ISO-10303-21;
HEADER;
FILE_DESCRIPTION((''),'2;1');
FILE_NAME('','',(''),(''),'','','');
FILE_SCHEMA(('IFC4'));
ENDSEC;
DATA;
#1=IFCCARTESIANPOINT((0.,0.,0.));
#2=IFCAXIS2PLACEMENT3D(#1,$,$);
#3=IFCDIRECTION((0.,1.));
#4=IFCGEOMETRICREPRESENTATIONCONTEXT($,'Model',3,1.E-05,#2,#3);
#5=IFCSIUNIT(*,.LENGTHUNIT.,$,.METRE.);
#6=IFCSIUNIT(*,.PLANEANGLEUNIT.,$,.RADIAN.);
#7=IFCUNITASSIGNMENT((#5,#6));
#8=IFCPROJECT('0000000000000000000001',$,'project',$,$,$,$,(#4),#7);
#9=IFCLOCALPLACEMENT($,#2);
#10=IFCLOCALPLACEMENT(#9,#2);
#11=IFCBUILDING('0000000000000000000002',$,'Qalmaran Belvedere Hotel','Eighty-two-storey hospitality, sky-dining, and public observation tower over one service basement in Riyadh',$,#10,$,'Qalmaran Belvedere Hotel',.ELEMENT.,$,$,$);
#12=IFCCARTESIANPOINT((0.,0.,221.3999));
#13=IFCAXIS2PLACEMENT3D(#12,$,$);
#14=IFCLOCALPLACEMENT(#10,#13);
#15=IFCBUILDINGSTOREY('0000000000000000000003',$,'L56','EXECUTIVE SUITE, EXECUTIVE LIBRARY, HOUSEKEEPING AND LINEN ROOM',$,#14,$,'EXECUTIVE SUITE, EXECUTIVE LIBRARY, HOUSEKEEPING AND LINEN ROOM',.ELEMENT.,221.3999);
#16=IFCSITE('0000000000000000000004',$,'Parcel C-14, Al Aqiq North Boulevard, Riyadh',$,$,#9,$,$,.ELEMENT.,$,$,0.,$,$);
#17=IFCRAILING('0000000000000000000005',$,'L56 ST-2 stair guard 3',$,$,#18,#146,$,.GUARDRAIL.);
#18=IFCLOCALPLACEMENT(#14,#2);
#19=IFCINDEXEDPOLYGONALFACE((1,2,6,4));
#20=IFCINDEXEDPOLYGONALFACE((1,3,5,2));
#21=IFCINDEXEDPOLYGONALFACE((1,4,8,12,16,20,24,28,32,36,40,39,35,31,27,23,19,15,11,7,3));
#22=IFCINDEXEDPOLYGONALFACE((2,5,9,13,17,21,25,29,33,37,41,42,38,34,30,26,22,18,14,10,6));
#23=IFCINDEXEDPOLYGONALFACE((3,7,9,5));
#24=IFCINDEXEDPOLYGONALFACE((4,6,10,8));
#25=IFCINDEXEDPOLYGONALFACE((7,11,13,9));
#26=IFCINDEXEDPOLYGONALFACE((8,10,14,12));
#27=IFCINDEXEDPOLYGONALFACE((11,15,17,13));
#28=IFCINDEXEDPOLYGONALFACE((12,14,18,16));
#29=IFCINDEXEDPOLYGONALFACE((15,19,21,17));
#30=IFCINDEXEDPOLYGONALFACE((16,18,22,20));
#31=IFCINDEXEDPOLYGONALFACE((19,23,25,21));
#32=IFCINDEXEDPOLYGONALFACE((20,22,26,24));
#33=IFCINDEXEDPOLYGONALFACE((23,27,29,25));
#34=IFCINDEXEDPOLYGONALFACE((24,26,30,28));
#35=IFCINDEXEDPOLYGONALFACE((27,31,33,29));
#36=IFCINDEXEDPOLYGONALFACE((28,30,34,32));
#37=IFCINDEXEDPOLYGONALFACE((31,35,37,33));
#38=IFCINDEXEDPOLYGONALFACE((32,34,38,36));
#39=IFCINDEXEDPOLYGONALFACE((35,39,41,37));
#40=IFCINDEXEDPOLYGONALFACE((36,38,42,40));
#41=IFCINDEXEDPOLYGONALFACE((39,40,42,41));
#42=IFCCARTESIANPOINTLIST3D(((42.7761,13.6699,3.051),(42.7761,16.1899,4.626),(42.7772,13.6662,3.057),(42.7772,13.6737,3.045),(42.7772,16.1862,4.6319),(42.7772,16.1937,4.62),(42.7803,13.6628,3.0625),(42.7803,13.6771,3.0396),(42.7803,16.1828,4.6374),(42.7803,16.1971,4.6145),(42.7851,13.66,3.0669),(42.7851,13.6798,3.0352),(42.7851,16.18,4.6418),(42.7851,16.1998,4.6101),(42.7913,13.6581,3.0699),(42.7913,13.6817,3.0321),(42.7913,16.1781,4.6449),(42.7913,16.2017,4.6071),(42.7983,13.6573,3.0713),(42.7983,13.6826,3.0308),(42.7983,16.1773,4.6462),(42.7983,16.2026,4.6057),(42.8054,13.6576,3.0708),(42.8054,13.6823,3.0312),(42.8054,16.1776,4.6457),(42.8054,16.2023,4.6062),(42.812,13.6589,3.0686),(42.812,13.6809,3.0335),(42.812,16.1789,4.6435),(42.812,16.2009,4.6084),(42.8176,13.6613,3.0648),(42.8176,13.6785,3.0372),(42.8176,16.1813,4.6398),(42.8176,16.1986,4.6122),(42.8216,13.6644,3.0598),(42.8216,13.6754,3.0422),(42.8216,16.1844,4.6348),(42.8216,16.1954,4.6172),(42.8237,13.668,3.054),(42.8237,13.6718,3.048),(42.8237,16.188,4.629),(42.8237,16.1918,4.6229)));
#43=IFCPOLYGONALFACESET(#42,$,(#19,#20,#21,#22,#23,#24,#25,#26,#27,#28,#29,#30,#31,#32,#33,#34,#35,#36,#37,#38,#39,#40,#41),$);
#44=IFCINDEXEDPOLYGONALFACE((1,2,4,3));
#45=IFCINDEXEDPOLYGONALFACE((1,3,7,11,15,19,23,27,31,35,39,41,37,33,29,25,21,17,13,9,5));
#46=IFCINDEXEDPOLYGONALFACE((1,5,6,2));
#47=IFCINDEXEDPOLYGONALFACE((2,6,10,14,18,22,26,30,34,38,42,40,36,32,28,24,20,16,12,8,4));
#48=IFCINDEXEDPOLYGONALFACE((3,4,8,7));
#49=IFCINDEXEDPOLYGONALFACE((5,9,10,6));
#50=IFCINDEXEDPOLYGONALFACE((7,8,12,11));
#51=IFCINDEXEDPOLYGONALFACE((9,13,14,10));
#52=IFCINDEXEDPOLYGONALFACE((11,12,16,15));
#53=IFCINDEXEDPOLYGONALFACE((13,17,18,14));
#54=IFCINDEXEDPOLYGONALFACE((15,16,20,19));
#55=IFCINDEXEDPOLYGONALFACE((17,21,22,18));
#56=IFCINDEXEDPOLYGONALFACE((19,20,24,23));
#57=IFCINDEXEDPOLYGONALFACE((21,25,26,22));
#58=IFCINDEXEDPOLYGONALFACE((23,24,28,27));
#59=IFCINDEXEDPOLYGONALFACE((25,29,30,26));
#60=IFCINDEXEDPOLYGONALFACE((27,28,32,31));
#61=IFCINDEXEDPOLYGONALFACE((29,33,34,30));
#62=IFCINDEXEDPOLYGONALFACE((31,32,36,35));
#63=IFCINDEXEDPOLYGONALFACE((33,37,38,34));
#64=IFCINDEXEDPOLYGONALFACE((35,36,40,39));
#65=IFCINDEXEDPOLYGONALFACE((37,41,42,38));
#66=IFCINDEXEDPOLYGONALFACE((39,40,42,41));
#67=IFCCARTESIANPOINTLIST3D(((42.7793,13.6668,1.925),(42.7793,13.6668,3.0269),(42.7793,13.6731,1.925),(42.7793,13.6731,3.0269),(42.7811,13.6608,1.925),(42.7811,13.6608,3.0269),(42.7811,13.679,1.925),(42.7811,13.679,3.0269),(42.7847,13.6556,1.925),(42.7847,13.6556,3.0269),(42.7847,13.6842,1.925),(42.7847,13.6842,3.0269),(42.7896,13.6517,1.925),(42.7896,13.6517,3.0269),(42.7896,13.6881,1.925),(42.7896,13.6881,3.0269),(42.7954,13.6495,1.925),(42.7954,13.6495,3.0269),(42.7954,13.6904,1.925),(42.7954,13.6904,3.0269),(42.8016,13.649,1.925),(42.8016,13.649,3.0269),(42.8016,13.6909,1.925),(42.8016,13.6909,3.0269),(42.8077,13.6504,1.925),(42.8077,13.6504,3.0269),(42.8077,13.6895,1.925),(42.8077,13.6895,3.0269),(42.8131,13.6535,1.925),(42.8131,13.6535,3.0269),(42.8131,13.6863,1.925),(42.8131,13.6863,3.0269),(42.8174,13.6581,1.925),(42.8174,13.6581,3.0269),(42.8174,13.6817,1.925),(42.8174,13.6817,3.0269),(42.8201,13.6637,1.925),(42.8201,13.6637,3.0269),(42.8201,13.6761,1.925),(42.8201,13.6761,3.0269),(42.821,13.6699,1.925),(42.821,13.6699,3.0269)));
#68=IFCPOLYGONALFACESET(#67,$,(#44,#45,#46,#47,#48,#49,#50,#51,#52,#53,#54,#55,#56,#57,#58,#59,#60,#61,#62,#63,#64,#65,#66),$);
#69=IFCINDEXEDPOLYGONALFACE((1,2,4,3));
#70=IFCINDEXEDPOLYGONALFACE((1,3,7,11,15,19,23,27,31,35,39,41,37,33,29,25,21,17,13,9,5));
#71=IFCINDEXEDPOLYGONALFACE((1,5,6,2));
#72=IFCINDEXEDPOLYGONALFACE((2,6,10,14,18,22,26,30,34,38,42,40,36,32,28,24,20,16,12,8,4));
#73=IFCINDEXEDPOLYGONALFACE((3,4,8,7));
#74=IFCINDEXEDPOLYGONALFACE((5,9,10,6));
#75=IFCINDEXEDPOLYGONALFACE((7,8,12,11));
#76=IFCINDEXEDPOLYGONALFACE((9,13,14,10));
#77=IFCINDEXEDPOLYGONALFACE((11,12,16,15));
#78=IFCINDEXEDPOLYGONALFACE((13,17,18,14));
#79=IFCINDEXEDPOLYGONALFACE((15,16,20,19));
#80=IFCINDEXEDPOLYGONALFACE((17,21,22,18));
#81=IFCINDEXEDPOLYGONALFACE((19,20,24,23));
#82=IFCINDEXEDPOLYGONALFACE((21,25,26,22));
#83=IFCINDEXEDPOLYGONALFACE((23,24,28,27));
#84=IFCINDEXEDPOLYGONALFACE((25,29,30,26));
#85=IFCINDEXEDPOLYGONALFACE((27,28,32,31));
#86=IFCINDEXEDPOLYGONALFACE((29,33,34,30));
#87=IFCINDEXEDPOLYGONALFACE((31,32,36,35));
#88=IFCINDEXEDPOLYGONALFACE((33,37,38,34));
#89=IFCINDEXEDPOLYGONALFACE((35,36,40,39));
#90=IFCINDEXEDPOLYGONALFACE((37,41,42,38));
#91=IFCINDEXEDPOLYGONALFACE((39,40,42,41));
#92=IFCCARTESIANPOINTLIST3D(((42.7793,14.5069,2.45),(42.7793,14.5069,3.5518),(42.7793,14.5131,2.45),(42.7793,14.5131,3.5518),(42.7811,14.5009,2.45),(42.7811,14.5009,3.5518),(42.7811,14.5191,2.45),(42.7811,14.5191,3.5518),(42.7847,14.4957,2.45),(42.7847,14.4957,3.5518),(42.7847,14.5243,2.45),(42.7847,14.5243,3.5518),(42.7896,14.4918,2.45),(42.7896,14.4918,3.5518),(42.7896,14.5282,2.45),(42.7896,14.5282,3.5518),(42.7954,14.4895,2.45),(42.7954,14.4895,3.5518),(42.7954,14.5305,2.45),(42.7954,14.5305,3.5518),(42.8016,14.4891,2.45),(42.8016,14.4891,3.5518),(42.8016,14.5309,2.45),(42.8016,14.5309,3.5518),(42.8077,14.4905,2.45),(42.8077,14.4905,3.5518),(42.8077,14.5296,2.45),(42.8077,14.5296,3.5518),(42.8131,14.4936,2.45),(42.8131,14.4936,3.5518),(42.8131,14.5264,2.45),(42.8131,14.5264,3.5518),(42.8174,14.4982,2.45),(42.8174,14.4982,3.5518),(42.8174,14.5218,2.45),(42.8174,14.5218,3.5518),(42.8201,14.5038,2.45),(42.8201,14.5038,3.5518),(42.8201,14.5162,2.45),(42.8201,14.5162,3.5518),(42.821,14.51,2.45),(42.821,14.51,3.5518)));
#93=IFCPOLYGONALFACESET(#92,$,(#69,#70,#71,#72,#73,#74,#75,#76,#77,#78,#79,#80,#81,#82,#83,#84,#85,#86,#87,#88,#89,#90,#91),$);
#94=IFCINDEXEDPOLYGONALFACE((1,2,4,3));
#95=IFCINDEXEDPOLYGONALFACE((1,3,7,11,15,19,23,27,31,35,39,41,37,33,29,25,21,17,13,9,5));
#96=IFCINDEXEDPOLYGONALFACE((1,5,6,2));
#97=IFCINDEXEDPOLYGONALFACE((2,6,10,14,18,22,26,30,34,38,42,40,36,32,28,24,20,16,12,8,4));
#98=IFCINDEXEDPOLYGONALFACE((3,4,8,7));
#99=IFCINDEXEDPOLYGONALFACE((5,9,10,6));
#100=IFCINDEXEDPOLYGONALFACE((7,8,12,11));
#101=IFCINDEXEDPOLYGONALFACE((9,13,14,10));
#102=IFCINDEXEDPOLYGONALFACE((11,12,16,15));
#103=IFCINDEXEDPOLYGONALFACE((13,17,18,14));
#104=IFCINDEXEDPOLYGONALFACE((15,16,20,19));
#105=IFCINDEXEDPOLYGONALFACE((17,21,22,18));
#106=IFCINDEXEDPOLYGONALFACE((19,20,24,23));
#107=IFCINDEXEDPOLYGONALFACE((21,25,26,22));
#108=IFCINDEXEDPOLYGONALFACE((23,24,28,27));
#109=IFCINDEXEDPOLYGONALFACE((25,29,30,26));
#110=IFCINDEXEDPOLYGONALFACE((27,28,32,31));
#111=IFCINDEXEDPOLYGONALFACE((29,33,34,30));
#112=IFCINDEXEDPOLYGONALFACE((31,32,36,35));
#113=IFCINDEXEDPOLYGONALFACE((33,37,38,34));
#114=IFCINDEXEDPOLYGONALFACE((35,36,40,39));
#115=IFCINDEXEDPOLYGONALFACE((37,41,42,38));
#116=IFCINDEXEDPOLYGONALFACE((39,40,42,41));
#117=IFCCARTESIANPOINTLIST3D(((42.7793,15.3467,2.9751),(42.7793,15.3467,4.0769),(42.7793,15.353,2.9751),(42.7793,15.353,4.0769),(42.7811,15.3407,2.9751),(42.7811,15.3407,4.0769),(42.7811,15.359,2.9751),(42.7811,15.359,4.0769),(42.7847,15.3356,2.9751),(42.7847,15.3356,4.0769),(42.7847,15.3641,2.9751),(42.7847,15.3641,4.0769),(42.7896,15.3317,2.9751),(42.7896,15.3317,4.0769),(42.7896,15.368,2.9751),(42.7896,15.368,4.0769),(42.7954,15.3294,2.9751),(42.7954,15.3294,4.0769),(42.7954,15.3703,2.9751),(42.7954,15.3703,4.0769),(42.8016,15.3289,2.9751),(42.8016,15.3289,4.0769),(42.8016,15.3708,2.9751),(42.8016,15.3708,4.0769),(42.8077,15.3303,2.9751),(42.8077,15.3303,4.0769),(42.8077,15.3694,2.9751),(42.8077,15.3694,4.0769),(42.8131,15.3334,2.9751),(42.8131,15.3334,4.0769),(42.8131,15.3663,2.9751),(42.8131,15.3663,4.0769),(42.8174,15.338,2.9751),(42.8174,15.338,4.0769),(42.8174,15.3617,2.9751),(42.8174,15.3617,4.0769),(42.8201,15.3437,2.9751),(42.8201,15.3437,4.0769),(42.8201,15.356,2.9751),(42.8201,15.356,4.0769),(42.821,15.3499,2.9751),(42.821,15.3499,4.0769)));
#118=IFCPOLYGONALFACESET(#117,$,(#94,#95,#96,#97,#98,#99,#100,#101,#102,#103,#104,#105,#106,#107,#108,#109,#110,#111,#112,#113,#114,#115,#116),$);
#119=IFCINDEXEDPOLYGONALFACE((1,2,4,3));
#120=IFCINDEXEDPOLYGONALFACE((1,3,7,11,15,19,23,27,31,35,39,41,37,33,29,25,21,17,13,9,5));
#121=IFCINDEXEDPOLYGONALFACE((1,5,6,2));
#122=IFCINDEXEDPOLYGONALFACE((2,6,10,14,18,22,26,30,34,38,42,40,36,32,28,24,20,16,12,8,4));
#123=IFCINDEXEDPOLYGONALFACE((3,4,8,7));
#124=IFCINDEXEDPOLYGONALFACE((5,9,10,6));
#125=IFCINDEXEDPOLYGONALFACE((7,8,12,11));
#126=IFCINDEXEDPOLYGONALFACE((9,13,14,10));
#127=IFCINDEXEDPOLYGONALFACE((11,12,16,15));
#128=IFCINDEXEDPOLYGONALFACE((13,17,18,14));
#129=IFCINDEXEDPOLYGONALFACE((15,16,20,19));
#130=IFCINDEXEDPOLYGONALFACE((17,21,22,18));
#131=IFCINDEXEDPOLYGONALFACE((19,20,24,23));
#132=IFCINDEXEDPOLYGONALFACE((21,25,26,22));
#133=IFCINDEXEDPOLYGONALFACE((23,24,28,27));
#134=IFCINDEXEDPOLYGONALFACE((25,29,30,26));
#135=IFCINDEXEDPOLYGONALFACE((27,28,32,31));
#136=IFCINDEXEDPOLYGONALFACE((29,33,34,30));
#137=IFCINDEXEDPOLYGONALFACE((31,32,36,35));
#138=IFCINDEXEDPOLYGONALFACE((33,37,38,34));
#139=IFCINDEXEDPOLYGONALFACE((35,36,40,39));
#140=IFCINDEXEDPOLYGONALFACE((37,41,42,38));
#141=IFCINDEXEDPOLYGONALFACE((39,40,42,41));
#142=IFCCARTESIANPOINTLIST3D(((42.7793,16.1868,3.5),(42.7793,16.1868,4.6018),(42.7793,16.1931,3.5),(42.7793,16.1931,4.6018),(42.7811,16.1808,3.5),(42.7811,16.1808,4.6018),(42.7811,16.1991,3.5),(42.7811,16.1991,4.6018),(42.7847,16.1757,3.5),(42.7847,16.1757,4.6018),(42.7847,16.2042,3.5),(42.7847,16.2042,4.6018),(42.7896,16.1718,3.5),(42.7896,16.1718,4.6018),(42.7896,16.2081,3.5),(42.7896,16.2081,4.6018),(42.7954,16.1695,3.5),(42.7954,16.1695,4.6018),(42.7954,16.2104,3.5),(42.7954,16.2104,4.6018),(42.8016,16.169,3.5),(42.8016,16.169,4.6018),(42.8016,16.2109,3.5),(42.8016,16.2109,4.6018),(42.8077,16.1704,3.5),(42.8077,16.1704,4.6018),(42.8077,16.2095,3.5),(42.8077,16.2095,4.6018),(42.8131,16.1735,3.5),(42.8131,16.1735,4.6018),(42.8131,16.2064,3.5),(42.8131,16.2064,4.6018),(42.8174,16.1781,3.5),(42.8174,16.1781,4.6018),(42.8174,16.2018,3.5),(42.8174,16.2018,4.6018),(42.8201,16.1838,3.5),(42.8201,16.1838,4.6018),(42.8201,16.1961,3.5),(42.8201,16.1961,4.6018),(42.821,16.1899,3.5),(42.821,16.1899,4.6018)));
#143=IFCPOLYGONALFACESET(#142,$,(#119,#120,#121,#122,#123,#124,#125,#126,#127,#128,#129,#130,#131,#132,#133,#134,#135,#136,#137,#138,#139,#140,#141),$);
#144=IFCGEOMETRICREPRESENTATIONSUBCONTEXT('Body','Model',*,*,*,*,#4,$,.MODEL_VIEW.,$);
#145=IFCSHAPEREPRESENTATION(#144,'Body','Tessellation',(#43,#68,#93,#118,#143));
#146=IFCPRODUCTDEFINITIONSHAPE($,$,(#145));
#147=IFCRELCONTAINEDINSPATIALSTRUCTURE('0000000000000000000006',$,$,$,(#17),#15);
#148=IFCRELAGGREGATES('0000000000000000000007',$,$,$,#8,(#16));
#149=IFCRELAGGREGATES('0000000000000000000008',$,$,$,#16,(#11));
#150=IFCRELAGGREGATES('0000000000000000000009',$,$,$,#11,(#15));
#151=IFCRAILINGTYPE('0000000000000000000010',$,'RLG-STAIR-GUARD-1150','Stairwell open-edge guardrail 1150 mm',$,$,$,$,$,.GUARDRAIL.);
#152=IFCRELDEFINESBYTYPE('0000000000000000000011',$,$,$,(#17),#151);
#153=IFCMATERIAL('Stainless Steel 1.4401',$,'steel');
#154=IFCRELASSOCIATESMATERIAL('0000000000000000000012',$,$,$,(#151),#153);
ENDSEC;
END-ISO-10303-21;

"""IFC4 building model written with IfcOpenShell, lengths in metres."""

from ifc_helpers import new_model, si_unit, direction, frame, origin, origin_2d, place, context, subcontext, project, spatial, circle, extrude, material, type_object, element, save


model = new_model("IFC4")

# Units and contexts
model_context = context("Model", 3, precision=1e-05, world=origin(), true_north=direction((0.0, 1.0)))
body_context = subcontext(model_context, "Body", "Model", "MODEL_VIEW")
ifc_project = project(units=[si_unit("LENGTHUNIT", "METRE"), si_unit("PLANEANGLEUNIT", "RADIAN")], contexts=[model_context])

# Site, building, storey
site_placement = place(None, origin())
site = spatial("IfcSite", under=ifc_project, at=site_placement, Name="Parcel C-14, Al Aqiq North Boulevard, Riyadh", CompositionType="ELEMENT", RefElevation=0.0)
building_placement = place(site_placement, origin())
building = spatial("IfcBuilding", under=site, at=building_placement, Name="Qalmaran Belvedere Hotel", Description="Eighty-two-storey hospitality, sky-dining, and public observation tower over one service basement in Riyadh", LongName="Qalmaran Belvedere Hotel", CompositionType="ELEMENT")
storey_placement = place(building_placement, frame((0.0, 0.0, 221.3999)))
storey = spatial("IfcBuildingStorey", under=building, at=storey_placement, Name="L56", Description="EXECUTIVE SUITE, EXECUTIVE LIBRARY, HOUSEKEEPING AND LINEN ROOM", LongName="EXECUTIVE SUITE, EXECUTIVE LIBRARY, HOUSEKEEPING AND LINEN ROOM", CompositionType="ELEMENT", Elevation=221.3999)

# Railing
ifc_material_1 = material(Name="Stainless Steel 1.4401", Category="steel")
railing_type_1 = type_object("IfcRailingType", Name="RLG-STAIR-GUARD-1150", Description="Stairwell open-edge guardrail 1150 mm", PredefinedType="GUARDRAIL", material=ifc_material_1)
railing_1_placement = place(storey_placement, frame((42.8, 13.6699, 1.925)))
element("IfcRailing", 1, at=railing_1_placement, inside=storey, type_object=railing_type_1, Name="L56 ST-2 stair guard 3", PredefinedType="GUARDRAIL", context=body_context, shape_type="SweptSolid", body=[
    extrude(circle(Radius=0.0239, at=origin_2d()), frame((0.0, 0.0, 1.126), z_axis=(0.0, 0.848008, 0.529984), x_axis=(-1.0, 0.0, 0.0)), (0.0, 0.0, 1.0), 2.9717),
    extrude(circle(Radius=0.021, at=origin_2d()), origin(), (0.0, 0.0, 1.0), 1.1018),
    extrude(circle(Radius=0.021, at=origin_2d()), frame((0.0, 0.8401, 0.5249)), (0.0, 0.0, 1.0), 1.1018),
    extrude(circle(Radius=0.021, at=origin_2d()), frame((0.0, 1.6799, 1.05)), (0.0, 0.0, 1.0), 1.1018),
    extrude(circle(Radius=0.021, at=origin_2d()), frame((0.0, 2.52, 1.575)), (0.0, 0.0, 1.0), 1.1018),
])

save(model, "model.ifc")
